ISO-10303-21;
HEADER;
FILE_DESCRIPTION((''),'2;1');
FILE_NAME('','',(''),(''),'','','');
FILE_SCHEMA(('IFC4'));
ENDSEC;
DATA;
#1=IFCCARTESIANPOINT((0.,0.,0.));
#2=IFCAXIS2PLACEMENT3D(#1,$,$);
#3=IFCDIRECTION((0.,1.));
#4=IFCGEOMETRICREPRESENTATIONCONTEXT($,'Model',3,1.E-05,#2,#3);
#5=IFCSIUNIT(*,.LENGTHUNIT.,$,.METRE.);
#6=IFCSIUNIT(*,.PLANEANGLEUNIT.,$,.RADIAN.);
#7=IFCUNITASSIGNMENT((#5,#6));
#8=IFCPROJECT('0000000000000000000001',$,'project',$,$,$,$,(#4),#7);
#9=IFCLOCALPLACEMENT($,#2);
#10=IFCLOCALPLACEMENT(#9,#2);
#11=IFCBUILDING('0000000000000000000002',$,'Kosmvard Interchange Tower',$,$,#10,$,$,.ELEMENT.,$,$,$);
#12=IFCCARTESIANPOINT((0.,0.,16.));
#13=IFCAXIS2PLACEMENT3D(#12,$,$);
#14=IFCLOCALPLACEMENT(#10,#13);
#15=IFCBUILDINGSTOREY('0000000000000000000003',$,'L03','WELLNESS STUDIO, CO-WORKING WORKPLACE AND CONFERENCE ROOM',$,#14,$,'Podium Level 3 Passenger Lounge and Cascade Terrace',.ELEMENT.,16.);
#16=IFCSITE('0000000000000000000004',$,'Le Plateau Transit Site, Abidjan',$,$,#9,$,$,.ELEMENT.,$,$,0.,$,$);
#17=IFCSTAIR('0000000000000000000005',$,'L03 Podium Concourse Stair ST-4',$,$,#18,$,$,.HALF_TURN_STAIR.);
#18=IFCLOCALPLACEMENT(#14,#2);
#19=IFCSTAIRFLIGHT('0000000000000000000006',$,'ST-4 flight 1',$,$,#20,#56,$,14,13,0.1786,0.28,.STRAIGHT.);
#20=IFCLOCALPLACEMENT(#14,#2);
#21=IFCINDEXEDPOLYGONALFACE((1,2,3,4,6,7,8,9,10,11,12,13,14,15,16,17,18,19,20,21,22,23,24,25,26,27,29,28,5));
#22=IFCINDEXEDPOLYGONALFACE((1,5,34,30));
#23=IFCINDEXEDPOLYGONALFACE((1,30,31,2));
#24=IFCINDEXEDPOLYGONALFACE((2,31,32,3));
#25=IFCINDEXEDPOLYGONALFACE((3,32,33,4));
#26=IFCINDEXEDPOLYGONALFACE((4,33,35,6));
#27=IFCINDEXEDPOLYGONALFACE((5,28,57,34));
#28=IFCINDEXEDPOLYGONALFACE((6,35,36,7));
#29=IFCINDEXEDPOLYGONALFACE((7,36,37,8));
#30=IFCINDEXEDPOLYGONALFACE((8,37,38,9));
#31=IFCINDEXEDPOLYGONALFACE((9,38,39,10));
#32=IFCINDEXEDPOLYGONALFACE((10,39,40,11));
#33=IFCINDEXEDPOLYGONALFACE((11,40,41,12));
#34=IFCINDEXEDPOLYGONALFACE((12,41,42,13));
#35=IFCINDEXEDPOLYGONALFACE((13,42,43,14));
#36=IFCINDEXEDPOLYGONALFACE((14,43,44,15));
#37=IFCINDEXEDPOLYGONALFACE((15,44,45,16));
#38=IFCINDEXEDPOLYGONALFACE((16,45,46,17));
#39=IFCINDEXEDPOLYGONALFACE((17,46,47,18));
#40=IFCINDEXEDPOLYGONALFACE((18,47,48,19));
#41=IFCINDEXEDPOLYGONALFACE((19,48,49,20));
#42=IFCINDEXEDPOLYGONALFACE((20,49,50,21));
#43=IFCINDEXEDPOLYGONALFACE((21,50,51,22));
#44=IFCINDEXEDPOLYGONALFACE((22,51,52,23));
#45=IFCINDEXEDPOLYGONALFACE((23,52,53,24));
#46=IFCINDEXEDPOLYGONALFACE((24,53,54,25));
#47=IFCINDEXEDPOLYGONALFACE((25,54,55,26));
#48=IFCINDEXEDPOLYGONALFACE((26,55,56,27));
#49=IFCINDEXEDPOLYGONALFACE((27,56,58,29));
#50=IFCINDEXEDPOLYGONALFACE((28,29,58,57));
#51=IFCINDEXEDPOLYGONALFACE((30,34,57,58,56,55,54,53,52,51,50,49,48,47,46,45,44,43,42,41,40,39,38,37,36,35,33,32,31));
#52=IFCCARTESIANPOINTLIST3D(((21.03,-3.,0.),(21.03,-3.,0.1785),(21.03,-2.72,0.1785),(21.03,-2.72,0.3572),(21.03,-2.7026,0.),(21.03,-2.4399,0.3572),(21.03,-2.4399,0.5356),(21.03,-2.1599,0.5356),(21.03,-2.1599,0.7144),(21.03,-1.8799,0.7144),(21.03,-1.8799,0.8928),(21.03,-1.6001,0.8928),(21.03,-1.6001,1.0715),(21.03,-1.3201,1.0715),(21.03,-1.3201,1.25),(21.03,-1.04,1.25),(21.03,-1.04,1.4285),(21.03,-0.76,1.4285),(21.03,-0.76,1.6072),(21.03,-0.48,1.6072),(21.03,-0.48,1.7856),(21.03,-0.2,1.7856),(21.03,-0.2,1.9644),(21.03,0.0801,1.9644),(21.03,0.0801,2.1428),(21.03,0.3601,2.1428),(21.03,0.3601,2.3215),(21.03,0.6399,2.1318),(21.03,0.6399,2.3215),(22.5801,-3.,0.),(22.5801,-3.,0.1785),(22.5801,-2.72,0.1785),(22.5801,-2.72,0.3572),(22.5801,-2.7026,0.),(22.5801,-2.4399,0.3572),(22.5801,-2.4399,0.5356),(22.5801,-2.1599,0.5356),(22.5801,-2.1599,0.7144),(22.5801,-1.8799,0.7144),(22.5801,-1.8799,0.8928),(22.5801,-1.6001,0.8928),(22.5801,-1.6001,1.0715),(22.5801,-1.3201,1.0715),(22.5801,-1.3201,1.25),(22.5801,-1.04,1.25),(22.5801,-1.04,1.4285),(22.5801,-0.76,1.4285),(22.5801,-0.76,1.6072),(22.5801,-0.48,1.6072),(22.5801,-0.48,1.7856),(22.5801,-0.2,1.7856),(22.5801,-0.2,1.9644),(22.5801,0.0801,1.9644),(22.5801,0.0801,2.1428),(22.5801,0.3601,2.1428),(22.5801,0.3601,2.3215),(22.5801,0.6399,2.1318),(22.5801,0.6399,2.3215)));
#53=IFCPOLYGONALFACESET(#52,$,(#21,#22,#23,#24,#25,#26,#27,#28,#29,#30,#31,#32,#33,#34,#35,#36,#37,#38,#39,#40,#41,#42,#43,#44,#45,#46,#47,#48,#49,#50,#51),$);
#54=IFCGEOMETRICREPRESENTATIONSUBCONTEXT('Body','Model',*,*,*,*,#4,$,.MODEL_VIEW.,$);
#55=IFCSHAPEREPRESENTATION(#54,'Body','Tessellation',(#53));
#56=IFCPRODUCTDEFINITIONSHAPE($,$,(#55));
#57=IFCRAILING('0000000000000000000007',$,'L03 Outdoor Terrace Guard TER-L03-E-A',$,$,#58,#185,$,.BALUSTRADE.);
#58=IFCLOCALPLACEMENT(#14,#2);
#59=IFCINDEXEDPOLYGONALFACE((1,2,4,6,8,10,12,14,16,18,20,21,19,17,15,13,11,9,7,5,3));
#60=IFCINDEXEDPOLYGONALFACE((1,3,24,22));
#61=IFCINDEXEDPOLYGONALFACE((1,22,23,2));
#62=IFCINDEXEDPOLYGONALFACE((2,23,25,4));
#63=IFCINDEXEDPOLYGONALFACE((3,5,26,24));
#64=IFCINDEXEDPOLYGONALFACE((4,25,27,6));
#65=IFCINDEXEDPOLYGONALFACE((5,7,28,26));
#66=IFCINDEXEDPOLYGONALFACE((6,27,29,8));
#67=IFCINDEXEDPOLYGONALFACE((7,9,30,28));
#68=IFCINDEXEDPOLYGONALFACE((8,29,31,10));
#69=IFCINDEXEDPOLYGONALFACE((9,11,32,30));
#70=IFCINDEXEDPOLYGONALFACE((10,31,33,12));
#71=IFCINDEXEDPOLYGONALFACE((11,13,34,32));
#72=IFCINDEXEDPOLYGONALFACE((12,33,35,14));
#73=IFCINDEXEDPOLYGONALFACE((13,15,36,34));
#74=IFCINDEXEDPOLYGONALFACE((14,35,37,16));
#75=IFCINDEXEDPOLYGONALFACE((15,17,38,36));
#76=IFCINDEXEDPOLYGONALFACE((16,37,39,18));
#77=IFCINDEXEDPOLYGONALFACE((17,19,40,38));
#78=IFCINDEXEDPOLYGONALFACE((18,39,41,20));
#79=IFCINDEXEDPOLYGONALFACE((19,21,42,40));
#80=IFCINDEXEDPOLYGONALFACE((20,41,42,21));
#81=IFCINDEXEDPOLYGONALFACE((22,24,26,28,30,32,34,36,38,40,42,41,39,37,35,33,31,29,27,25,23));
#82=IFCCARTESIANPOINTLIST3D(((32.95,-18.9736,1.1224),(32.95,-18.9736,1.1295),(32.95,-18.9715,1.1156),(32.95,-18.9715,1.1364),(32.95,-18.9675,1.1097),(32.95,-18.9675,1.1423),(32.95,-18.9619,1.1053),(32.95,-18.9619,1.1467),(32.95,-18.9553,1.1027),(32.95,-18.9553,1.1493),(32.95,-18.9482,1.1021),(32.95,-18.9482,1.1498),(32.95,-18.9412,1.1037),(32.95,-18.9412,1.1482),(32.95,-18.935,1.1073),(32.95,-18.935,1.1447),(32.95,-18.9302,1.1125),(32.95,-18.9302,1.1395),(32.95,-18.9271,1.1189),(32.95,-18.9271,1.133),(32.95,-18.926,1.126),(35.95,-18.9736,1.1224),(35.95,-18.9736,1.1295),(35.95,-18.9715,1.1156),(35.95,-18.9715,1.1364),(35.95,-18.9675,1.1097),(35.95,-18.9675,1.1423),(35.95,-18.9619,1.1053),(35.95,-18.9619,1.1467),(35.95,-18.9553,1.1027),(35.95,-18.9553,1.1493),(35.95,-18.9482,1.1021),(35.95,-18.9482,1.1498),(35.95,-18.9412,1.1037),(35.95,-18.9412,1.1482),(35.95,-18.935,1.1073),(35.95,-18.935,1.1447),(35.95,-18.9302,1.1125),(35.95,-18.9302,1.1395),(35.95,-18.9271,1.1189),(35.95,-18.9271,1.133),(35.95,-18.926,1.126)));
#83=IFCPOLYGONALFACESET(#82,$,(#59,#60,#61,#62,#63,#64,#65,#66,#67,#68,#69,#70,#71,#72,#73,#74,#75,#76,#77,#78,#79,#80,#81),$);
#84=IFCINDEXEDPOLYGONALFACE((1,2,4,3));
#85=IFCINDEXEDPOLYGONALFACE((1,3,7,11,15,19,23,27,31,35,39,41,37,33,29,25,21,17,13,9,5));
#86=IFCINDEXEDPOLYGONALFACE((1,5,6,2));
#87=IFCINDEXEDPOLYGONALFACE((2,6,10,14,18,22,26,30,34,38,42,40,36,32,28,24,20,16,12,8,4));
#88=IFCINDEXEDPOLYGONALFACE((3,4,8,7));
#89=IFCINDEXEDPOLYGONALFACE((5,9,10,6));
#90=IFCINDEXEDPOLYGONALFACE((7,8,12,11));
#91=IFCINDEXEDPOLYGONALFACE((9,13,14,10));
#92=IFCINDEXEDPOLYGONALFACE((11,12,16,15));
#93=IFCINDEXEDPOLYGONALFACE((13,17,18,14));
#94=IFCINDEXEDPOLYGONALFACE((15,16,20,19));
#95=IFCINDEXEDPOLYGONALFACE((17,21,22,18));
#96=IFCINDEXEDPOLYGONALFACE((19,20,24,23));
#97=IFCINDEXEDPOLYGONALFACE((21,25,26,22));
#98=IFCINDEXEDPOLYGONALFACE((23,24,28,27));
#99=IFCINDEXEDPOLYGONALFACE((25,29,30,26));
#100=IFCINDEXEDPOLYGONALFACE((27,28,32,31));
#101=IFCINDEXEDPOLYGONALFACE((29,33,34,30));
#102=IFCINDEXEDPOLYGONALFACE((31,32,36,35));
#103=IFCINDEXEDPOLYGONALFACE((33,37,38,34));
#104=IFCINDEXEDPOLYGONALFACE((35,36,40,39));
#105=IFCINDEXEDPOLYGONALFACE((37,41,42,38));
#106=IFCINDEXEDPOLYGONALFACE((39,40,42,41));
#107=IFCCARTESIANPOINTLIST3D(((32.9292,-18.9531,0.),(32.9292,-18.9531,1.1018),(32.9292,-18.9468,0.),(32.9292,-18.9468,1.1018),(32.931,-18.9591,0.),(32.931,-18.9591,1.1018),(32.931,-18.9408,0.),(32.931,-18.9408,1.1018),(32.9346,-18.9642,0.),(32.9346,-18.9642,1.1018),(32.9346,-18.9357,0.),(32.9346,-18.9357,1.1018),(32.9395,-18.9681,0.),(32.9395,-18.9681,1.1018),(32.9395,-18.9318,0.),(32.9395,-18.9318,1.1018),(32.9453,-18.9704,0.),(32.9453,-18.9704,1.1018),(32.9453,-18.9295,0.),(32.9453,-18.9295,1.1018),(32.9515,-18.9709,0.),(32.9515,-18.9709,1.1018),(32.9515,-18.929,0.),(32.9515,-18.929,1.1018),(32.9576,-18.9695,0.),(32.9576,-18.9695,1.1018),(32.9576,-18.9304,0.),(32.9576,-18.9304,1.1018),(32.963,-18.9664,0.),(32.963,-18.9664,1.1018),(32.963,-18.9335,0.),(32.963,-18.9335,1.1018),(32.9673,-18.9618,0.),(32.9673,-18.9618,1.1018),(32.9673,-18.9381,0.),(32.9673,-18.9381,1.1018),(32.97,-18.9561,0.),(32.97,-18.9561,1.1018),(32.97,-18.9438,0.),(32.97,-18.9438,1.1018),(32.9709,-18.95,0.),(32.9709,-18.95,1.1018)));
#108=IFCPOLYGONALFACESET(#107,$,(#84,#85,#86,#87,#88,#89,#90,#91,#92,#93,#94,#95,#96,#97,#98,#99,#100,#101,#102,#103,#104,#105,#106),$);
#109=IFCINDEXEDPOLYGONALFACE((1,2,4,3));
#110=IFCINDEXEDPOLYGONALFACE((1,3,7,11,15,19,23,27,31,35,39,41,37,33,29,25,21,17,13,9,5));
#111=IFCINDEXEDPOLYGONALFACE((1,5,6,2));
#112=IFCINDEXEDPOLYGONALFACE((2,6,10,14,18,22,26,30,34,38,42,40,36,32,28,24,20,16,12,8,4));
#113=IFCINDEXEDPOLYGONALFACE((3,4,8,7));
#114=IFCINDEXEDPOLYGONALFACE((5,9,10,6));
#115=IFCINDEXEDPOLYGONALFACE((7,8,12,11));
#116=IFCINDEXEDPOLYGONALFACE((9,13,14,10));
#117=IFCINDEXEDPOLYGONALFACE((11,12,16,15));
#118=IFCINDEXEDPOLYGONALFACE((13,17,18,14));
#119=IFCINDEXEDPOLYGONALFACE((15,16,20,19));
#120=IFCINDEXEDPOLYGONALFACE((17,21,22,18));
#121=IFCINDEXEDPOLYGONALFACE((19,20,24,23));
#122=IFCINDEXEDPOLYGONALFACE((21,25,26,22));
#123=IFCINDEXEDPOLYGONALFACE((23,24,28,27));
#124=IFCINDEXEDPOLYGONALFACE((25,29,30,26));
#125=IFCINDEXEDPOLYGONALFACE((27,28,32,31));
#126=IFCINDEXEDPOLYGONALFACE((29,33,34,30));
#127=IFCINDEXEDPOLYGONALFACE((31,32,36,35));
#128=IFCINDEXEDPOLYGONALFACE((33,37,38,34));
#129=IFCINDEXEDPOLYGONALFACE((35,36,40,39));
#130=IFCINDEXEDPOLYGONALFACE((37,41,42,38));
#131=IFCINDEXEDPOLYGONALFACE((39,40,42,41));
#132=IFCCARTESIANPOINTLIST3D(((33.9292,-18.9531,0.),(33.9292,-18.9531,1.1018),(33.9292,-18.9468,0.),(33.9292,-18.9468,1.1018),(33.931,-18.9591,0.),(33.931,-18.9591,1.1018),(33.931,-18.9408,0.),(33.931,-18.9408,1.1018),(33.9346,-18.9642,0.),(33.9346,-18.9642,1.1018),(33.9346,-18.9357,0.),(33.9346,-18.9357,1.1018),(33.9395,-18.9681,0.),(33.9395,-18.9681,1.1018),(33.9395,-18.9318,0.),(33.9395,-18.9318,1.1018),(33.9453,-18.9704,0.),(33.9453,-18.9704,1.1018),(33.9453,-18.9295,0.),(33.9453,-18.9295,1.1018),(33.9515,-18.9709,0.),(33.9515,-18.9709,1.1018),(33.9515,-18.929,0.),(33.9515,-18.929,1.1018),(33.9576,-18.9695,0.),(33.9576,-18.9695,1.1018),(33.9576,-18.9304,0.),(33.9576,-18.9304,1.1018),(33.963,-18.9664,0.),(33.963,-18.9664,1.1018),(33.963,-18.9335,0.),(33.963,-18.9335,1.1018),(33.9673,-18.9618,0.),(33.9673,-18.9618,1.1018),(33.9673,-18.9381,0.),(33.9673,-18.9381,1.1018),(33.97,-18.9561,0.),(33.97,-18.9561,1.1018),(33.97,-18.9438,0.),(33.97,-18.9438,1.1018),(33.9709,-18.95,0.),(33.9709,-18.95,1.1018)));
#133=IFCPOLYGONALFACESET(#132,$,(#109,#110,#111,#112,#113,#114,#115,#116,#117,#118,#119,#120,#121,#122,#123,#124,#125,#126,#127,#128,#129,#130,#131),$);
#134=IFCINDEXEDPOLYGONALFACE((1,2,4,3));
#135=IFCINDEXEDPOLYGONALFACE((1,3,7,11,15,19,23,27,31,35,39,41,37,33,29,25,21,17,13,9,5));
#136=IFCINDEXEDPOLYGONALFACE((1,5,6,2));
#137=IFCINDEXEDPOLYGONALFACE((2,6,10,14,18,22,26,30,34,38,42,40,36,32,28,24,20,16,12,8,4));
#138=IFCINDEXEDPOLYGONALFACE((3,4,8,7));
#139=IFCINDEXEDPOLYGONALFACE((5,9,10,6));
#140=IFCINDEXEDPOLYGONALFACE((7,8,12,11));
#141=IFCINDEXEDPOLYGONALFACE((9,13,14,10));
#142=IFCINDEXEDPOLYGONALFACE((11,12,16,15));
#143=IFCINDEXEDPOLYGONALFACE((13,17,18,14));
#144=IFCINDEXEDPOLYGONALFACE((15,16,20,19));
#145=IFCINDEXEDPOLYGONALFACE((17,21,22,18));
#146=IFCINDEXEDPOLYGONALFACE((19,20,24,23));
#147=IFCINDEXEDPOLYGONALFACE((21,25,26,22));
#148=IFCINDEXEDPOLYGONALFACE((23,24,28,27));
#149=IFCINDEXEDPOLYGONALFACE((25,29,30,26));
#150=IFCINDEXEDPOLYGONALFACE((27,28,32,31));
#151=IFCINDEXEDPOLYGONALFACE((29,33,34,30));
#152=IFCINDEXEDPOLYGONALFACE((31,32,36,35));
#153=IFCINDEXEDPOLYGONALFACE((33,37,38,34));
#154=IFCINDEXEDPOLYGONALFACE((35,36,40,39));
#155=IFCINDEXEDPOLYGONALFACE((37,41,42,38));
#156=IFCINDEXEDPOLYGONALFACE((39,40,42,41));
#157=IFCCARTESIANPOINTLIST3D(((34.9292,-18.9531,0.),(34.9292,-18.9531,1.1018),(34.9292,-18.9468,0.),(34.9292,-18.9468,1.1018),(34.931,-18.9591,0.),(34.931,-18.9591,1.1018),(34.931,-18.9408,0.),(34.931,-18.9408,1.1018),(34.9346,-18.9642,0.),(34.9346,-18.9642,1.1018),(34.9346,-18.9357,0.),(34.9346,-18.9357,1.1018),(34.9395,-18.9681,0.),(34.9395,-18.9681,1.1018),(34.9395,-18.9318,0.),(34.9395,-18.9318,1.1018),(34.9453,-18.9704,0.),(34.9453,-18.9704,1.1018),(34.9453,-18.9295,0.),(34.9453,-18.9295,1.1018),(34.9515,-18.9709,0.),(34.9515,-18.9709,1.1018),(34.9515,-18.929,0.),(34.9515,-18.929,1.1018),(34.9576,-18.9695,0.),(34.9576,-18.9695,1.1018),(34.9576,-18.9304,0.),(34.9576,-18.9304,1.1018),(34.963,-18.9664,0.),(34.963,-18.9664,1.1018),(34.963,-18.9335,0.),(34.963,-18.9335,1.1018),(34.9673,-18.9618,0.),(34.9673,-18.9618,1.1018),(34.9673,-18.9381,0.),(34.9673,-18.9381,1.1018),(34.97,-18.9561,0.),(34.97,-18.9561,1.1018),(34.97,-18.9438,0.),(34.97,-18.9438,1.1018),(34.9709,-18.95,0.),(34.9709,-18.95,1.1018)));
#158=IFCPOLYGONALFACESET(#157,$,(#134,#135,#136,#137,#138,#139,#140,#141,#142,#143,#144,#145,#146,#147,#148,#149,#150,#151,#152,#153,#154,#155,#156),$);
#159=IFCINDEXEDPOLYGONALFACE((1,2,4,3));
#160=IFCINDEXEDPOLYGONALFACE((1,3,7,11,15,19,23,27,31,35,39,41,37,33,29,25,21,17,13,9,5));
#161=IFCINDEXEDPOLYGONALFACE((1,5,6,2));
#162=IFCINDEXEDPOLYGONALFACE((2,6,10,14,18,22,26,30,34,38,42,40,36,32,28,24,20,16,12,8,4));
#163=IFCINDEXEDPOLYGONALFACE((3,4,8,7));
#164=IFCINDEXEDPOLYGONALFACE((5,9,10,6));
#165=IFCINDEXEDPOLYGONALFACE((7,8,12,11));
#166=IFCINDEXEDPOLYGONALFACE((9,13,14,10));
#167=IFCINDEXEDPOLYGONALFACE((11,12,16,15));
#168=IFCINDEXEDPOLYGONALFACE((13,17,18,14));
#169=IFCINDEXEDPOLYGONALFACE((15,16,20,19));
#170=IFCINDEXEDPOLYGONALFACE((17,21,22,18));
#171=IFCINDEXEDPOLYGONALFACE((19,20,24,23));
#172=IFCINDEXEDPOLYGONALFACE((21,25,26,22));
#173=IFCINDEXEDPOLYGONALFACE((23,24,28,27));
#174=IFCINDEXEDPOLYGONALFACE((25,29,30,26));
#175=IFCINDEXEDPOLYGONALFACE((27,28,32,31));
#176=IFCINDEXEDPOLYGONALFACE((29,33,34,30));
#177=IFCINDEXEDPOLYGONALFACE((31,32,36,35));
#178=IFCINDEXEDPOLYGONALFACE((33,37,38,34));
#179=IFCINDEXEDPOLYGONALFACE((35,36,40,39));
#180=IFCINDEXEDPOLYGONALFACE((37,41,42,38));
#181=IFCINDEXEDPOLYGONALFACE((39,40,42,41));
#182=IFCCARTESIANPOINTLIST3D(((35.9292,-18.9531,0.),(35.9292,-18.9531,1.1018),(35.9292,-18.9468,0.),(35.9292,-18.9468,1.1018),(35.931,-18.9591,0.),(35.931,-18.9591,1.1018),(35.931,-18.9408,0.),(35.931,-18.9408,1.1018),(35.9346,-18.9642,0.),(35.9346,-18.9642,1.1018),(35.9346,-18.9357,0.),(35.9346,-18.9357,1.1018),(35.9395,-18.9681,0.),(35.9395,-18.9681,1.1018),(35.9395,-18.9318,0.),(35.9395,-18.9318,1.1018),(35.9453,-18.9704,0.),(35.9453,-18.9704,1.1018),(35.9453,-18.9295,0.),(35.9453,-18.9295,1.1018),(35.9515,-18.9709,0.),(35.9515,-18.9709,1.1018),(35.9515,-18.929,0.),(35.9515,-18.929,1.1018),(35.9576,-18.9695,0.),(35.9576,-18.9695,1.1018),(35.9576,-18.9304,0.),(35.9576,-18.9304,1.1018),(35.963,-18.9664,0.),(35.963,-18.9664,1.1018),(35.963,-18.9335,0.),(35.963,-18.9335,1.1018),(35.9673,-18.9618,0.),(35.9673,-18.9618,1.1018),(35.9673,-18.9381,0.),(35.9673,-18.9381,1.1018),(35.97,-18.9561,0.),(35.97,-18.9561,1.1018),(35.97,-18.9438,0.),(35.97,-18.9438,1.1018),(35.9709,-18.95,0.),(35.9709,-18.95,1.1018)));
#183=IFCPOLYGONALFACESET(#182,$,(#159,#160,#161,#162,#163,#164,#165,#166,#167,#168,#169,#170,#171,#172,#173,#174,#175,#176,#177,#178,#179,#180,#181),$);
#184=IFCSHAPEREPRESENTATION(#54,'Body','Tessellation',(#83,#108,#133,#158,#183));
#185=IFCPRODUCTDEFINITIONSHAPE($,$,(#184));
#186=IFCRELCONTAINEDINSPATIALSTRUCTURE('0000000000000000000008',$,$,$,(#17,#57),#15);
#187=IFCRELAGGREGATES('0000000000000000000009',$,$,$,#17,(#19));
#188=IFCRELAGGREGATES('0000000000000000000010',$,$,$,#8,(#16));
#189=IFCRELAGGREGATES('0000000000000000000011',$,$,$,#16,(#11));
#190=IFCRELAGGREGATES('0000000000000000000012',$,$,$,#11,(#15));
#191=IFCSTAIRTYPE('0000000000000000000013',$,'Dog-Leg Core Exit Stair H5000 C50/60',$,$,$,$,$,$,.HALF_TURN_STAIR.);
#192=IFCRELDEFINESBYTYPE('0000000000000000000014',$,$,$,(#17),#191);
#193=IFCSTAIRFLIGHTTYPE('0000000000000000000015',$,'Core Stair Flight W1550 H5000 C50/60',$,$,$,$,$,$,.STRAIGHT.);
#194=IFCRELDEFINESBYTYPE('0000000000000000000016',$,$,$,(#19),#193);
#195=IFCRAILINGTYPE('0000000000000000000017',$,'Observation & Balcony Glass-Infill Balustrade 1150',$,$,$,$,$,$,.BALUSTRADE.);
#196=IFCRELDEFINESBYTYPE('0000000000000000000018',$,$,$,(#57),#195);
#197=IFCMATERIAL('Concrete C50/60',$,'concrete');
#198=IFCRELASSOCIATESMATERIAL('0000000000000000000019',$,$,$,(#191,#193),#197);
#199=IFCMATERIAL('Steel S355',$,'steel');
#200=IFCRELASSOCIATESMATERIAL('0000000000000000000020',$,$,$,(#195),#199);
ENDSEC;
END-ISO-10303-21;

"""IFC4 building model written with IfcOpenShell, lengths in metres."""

from ifc_helpers import new_model, si_unit, direction, frame, origin, origin_2d, place, context, subcontext, project, spatial, polyline, circle, outline, extrude, source, transform, mapped, material, type_object, element, aggregate, save


model = new_model("IFC4")

# Units and contexts
model_context = context("Model", 3, precision=1e-05, world=origin(), true_north=direction((0.0, 1.0)))
body_context = subcontext(model_context, "Body", "Model", "MODEL_VIEW")
ifc_project = project(units=[si_unit("LENGTHUNIT", "METRE"), si_unit("PLANEANGLEUNIT", "RADIAN")], contexts=[model_context])

# Site, building, storey
site_placement = place(None, origin())
site = spatial("IfcSite", under=ifc_project, at=site_placement, Name="Le Plateau Transit Site, Abidjan", CompositionType="ELEMENT", RefElevation=0.0)
building_placement = place(site_placement, origin())
building = spatial("IfcBuilding", under=site, at=building_placement, Name="Kosmvard Interchange Tower", CompositionType="ELEMENT")
storey_placement = place(building_placement, frame((0.0, 0.0, 16.0)))
storey = spatial("IfcBuildingStorey", under=building, at=storey_placement, Name="L03", Description="WELLNESS STUDIO, CO-WORKING WORKPLACE AND CONFERENCE ROOM", LongName="Podium Level 3 Passenger Lounge and Cascade Terrace", CompositionType="ELEMENT", Elevation=16.0)

# Shared definitions
ifc_material_1 = material(Name="Steel S355", Category="steel")

# Stair, stair flight
ifc_material_2 = material(Name="Concrete C50/60", Category="concrete")
stair_type = type_object("IfcStairType", Name="Dog-Leg Core Exit Stair H5000 C50/60", PredefinedType="HALF_TURN_STAIR", material=ifc_material_2)
stair_placement = place(storey_placement, origin())
stair = element("IfcStair", 1, at=stair_placement, inside=storey, type_object=stair_type, Name="L03 Podium Concourse Stair ST-4", PredefinedType="HALF_TURN_STAIR")
stair_flight_type = type_object("IfcStairFlightType", Name="Core Stair Flight W1550 H5000 C50/60", PredefinedType="STRAIGHT", material=ifc_material_2)
shared_shape_1 = source(origin(), body_context, "Body", "SweptSolid", [
    extrude(outline(polyline([(0.0, 0.0), (0.0, 0.1785), (0.28, 0.1785), (0.28, 0.3572), (0.5601, 0.3572), (0.5601, 0.5356), (0.8401, 0.5356), (0.8401, 0.7144), (1.1201, 0.7144), (1.1201, 0.8928), (1.3999, 0.8928), (1.3999, 1.0715), (1.6799, 1.0715), (1.6799, 1.25), (1.96, 1.25), (1.96, 1.4285), (2.24, 1.4285), (2.24, 1.6072), (2.52, 1.6072), (2.52, 1.7856), (2.8, 1.7856), (2.8, 1.9644), (3.0801, 1.9644), (3.0801, 2.1428), (3.3601, 2.1428), (3.3601, 2.3215), (3.6399, 2.3215), (3.6399, 2.5), (3.6399, 2.1318), (0.2974, 0.0), (0.0, 0.0)])), frame((0.0, 0.7749, 0.0), z_axis=(0.0, -1.0, 0.0), x_axis=(1.0, 0.0, 0.0)), (0.0, 0.0, 1.0), 1.55),
])
stair_flight_placement = place(storey_placement, frame((21.8049, -3.0, 0.0), z_axis=(0.0, 0.0, 1.0), x_axis=(0.0, 1.0, 0.0)))
stair_flight = element("IfcStairFlight", 2, at=stair_flight_placement, type_object=stair_flight_type, Name="ST-4 flight 1", NumberOfRisers=14, NumberOfTreads=13, PredefinedType="STRAIGHT", RiserHeight=0.1786, TreadLength=0.28, context=body_context, shape_type="MappedRepresentation", body=[
    mapped(shared_shape_1, transform((0.0, 0.0, 0.0), scale=1.0)),
])
aggregate(stair, [stair_flight])

# Railing
railing_type_1 = type_object("IfcRailingType", Name="Observation & Balcony Glass-Infill Balustrade 1150", PredefinedType="BALUSTRADE", material=ifc_material_1)
shared_shape_2 = source(origin(), body_context, "Body", "SweptSolid", [
    extrude(circle(Radius=0.0239, at=origin_2d()), frame((0.0, 0.0, 1.126), z_axis=(1.0, 0.0, 0.0), x_axis=(0.0, 1.0, 0.0)), (0.0, 0.0, 1.0), 3.0),
    extrude(circle(Radius=0.021, at=origin_2d()), origin(), (0.0, 0.0, 1.0), 1.1018),
    extrude(circle(Radius=0.021, at=origin_2d()), frame((1.0, 0.0, 0.0)), (0.0, 0.0, 1.0), 1.1018),
    extrude(circle(Radius=0.021, at=origin_2d()), frame((2.0, 0.0, 0.0)), (0.0, 0.0, 1.0), 1.1018),
    extrude(circle(Radius=0.021, at=origin_2d()), frame((3.0, 0.0, 0.0)), (0.0, 0.0, 1.0), 1.1018),
])
railing_1_placement = place(storey_placement, frame((32.95, -18.95, 0.0)))
element("IfcRailing", 3, at=railing_1_placement, inside=storey, type_object=railing_type_1, Name="L03 Outdoor Terrace Guard TER-L03-E-A", PredefinedType="BALUSTRADE", context=body_context, shape_type="MappedRepresentation", body=[
    mapped(shared_shape_2, transform((0.0, 0.0, 0.0), scale=1.0)),
])

save(model, "model.ifc")
